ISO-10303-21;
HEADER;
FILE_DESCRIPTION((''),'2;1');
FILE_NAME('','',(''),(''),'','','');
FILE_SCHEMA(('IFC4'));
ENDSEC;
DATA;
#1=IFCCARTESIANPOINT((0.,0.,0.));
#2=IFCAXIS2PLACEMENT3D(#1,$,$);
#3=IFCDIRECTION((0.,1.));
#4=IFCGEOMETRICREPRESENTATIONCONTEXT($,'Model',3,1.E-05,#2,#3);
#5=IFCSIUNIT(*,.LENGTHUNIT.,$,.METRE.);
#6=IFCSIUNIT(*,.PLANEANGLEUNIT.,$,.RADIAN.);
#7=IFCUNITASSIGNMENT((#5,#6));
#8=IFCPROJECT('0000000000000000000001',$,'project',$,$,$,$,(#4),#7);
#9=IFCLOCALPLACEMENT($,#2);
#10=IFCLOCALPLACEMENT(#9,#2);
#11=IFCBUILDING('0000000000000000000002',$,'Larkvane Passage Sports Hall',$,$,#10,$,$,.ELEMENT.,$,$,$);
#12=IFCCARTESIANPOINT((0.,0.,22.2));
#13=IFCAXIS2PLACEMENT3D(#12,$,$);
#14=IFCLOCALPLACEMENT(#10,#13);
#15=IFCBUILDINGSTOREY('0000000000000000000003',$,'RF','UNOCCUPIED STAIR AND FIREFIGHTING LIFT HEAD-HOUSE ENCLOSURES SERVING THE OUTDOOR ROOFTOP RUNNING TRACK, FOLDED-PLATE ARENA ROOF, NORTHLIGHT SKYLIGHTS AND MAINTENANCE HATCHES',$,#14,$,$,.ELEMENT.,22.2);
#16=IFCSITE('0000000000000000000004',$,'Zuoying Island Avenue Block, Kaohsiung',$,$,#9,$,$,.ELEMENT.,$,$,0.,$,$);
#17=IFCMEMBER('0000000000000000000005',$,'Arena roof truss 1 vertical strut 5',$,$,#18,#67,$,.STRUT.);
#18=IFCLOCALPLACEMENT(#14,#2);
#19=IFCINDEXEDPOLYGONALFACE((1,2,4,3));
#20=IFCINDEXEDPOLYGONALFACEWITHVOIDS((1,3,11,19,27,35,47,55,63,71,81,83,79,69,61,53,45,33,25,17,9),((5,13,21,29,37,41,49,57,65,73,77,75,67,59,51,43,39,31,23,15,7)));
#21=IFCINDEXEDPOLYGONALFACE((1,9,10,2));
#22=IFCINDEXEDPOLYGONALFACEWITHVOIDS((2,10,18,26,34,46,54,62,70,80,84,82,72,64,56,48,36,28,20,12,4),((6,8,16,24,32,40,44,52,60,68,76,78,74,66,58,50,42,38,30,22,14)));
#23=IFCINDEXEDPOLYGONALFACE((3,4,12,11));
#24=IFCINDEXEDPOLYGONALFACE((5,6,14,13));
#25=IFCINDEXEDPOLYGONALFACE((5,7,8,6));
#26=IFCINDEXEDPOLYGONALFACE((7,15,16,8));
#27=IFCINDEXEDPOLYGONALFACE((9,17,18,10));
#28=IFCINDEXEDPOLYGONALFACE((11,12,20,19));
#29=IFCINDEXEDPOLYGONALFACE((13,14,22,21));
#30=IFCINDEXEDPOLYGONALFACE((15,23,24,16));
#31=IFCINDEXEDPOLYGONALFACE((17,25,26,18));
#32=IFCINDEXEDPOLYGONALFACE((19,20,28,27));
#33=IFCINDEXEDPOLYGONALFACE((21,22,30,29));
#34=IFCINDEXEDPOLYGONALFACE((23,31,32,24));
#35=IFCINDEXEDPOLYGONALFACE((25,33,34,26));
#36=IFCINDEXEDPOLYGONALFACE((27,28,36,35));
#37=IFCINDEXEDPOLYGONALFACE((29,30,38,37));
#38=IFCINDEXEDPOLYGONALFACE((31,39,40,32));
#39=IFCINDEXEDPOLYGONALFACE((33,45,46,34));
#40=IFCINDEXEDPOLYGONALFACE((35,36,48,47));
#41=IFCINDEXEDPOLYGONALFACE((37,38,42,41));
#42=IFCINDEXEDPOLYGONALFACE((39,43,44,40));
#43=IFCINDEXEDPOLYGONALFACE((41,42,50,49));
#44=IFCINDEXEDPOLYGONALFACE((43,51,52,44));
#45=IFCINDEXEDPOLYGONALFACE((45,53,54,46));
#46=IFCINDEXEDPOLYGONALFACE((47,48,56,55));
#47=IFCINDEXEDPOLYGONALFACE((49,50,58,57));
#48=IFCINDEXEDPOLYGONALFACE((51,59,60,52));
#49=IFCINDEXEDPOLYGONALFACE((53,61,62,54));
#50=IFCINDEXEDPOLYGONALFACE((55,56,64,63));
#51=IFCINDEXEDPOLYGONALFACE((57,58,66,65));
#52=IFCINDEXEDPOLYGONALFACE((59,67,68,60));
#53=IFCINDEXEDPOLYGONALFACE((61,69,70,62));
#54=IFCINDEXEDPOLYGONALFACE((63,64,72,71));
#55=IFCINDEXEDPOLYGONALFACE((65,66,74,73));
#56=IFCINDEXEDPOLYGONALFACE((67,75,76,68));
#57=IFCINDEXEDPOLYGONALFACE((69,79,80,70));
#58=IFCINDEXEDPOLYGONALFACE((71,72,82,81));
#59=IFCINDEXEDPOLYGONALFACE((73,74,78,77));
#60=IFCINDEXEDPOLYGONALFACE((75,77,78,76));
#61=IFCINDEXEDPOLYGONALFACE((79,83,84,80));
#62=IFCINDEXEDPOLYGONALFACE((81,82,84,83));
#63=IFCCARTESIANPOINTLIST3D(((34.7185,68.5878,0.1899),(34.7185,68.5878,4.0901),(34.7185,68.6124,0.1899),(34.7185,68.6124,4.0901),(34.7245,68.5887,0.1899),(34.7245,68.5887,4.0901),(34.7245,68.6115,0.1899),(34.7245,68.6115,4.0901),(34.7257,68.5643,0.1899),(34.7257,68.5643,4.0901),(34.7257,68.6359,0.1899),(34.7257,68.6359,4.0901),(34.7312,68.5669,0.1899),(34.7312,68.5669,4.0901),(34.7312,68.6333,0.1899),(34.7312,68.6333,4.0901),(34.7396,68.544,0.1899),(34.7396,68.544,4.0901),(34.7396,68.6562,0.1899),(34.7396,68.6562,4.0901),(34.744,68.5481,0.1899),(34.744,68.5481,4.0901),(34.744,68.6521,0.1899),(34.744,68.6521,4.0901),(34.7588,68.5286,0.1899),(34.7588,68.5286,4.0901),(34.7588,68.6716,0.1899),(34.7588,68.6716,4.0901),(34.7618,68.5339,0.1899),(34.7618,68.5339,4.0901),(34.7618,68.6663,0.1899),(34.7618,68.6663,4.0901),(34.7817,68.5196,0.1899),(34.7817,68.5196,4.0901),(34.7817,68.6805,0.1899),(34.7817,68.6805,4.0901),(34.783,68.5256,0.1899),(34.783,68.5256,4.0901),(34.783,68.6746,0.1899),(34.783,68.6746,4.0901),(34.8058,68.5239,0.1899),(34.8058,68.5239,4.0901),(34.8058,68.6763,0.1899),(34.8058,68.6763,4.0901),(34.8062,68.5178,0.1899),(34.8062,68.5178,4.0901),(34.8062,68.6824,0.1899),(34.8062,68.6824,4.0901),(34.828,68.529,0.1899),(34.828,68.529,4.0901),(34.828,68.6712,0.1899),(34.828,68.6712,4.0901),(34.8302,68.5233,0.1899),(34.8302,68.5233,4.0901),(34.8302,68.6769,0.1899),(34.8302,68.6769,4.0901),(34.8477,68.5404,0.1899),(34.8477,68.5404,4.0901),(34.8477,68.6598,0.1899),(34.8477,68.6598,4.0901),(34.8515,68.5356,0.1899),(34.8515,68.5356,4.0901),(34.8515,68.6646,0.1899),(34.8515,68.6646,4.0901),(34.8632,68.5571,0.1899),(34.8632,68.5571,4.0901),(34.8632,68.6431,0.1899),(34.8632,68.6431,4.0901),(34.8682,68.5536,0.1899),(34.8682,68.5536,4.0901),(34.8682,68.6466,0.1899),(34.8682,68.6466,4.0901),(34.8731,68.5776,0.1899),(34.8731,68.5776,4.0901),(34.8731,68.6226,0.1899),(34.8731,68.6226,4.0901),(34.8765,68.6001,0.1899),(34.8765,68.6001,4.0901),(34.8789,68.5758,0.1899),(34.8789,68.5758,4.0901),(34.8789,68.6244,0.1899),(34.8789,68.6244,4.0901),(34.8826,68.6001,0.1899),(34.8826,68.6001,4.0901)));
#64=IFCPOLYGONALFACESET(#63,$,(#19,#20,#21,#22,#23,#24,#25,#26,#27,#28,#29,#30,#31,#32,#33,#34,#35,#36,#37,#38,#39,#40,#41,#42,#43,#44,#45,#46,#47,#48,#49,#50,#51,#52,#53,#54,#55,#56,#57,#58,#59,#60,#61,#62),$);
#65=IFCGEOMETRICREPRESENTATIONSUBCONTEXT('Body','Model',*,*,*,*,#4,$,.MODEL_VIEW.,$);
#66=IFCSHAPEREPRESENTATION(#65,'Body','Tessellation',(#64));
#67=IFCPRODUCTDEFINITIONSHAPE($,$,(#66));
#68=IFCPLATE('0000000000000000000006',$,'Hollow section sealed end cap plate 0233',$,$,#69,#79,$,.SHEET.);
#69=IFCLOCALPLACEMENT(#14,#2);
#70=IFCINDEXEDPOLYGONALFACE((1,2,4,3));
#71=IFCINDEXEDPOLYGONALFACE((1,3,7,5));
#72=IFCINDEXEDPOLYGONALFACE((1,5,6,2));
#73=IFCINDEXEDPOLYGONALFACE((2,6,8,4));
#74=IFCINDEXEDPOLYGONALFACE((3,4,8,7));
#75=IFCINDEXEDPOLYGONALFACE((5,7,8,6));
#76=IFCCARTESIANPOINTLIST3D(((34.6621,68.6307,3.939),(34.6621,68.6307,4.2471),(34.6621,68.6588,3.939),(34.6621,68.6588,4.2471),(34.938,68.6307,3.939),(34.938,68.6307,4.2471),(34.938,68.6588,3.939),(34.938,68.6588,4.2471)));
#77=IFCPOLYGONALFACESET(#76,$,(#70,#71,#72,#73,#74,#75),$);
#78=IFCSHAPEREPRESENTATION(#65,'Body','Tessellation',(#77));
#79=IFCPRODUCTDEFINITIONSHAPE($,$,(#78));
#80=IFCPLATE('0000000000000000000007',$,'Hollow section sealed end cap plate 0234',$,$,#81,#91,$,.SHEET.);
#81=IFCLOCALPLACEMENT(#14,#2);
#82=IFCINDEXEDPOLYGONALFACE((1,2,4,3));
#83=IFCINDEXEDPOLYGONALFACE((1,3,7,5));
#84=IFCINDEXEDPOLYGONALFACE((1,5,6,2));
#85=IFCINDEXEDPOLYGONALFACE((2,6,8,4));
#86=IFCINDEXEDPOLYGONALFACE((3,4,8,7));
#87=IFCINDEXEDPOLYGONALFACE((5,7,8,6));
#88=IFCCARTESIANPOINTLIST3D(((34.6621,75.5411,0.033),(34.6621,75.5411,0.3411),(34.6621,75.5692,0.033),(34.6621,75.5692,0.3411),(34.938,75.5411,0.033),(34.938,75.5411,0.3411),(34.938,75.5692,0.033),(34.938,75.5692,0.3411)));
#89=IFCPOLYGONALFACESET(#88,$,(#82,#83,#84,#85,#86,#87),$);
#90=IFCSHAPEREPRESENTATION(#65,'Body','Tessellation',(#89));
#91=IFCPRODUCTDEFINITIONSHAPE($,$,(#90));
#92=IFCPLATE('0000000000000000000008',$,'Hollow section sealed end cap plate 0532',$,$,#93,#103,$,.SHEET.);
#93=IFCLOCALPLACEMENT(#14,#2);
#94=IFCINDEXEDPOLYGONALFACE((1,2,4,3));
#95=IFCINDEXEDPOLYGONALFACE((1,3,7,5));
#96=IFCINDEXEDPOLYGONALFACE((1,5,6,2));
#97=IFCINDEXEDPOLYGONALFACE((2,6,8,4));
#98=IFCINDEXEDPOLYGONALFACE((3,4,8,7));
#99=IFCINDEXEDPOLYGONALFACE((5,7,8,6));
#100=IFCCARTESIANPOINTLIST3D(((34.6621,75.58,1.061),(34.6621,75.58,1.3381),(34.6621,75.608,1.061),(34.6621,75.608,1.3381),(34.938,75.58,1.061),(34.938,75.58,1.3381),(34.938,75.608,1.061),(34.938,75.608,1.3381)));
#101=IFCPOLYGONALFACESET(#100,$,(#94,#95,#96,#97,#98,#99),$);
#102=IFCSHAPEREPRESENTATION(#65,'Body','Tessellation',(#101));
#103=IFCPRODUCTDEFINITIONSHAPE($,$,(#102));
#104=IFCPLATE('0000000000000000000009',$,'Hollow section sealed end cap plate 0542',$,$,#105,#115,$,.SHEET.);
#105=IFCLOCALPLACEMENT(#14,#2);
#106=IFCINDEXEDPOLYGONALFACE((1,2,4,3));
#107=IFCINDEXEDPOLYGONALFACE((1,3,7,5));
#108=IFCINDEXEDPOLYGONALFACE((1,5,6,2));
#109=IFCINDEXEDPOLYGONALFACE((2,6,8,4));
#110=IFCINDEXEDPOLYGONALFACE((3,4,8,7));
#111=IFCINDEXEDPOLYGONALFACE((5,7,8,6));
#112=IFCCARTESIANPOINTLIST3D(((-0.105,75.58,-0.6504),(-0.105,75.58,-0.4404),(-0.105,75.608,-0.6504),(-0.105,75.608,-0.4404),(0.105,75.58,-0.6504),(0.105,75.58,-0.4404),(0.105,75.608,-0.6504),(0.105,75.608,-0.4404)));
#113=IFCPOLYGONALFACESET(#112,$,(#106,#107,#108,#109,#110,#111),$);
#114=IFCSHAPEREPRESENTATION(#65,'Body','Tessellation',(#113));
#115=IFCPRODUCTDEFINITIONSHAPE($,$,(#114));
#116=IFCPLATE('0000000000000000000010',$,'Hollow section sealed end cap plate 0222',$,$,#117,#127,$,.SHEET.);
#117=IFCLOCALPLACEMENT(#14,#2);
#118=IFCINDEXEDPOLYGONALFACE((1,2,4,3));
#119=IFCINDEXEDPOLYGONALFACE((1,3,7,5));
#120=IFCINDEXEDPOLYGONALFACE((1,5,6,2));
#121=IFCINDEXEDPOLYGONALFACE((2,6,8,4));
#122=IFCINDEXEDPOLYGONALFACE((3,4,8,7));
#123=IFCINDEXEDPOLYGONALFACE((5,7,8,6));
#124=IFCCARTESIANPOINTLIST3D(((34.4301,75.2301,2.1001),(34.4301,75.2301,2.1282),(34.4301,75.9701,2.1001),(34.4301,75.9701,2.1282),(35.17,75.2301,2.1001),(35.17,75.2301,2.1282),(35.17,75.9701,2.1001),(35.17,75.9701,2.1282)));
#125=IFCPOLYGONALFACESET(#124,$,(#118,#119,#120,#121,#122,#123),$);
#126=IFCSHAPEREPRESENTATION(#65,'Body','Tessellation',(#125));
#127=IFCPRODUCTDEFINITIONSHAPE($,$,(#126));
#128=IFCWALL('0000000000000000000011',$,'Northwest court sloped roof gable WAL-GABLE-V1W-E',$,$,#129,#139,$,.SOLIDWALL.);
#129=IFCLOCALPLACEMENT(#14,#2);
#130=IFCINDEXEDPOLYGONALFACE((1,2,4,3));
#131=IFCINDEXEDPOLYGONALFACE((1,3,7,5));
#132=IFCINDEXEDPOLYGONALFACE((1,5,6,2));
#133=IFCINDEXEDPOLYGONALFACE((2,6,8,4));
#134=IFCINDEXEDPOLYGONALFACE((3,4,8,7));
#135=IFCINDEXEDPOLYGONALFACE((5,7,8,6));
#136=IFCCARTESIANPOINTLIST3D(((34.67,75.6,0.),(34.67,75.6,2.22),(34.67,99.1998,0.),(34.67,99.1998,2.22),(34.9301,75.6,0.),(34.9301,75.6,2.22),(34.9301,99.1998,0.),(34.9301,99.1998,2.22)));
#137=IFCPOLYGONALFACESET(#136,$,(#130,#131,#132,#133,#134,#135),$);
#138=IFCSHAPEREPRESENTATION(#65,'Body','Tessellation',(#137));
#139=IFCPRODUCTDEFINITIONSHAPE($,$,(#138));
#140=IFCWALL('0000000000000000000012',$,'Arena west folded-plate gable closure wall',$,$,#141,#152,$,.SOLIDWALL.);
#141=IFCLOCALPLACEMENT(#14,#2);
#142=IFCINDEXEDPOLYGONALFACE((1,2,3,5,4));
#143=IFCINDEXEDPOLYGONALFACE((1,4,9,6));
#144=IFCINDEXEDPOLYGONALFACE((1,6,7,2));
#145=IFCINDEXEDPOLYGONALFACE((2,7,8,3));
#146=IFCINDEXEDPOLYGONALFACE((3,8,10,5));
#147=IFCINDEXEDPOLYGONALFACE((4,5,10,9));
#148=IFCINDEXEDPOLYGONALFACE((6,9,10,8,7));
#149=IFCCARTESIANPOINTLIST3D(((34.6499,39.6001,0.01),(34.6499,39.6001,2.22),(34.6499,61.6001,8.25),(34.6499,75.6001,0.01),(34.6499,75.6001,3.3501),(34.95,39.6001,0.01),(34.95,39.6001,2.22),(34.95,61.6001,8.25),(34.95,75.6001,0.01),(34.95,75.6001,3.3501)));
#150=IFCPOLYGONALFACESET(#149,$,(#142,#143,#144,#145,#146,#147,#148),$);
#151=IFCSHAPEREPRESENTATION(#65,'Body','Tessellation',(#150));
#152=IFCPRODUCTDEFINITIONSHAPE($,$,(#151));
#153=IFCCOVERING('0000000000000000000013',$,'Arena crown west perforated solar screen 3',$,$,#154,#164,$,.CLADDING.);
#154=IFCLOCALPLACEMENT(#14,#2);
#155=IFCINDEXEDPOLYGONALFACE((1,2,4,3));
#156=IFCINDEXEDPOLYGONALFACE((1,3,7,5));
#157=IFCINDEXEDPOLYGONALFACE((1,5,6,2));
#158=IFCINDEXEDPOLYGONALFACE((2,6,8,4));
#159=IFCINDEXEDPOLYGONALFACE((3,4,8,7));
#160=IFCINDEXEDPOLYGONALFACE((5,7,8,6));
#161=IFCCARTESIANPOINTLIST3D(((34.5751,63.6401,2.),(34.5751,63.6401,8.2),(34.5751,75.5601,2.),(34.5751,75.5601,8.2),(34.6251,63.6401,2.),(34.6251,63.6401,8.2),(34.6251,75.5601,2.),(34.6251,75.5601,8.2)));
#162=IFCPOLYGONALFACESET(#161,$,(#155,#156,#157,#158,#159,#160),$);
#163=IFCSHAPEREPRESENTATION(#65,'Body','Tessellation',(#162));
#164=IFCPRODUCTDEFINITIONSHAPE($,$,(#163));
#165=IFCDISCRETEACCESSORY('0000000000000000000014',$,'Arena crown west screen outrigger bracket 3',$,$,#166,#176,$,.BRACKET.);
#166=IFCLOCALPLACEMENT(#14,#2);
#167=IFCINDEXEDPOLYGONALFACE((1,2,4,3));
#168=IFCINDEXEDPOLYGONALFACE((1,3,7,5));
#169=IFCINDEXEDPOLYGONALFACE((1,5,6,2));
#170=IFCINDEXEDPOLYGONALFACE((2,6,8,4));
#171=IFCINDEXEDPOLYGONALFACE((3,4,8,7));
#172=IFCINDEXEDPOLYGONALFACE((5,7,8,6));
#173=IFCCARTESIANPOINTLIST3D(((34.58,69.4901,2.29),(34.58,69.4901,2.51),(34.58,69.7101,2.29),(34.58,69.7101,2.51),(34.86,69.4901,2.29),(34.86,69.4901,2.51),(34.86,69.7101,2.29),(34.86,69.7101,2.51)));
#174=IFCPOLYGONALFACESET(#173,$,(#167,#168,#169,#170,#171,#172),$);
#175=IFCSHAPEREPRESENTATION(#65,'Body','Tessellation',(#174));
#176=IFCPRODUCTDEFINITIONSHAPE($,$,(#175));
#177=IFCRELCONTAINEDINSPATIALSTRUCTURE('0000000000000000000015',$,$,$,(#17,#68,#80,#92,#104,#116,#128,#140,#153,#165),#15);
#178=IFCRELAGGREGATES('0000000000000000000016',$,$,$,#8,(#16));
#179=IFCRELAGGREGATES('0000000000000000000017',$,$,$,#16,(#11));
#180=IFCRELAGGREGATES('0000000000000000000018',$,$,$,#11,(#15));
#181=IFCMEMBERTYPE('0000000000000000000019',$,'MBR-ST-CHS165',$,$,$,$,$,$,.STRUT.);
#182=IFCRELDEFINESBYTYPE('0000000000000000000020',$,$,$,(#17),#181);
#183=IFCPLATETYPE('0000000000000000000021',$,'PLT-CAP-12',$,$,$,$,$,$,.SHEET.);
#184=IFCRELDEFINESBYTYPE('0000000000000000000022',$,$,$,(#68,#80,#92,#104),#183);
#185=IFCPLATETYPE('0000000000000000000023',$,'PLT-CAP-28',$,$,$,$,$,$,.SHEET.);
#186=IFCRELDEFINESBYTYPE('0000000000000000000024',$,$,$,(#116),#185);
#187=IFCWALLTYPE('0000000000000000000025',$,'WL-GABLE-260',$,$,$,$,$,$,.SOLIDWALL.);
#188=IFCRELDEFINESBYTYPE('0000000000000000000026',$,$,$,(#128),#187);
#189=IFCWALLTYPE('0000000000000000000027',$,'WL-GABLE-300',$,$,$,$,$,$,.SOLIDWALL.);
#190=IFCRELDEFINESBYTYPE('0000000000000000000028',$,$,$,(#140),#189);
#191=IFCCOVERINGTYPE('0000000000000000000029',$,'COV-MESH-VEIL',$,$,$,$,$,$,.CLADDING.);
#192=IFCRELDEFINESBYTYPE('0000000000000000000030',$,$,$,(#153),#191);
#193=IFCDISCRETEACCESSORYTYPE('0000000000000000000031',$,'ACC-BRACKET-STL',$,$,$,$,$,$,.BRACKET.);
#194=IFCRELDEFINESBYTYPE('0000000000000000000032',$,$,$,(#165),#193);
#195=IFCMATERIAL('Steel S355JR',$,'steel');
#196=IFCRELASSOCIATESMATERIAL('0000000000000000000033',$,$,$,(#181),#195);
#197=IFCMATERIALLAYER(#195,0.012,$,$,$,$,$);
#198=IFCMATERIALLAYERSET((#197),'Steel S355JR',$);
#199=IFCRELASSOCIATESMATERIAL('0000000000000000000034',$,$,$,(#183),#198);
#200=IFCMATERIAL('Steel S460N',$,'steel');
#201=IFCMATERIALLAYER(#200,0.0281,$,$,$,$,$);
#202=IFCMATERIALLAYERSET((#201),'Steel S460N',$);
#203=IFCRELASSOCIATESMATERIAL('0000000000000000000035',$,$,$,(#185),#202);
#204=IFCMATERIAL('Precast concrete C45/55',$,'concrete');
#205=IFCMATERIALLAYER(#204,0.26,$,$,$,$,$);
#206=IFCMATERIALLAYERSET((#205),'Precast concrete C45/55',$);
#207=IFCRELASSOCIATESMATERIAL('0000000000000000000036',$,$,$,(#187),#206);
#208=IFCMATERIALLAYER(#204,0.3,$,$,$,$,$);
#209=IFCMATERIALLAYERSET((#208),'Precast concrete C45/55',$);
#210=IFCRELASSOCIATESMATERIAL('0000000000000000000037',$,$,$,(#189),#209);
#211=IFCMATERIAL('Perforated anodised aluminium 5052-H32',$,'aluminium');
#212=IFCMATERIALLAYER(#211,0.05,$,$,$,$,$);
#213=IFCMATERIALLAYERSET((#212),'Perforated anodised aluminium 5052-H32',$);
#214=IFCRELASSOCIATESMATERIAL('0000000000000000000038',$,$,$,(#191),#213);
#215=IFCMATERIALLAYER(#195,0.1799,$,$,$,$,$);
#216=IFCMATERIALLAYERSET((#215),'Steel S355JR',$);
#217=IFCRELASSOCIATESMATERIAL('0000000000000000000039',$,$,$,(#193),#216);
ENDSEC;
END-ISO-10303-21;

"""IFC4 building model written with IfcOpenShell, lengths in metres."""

from ifc_helpers import new_model, si_unit, direction, frame, frame_2d, origin, origin_2d, place, context, subcontext, project, spatial, polyline, rectangle, hollow_circle, outline, extrude, material, layer, layer_set, material_profile, profile_set, type_object, element, save


model = new_model("IFC4")

# Units and contexts
model_context = context("Model", 3, precision=1e-05, world=origin(), true_north=direction((0.0, 1.0)))
body_context = subcontext(model_context, "Body", "Model", "MODEL_VIEW")
ifc_project = project(units=[si_unit("LENGTHUNIT", "METRE"), si_unit("PLANEANGLEUNIT", "RADIAN")], contexts=[model_context])

# Site, building, storey
site_placement = place(None, origin())
site = spatial("IfcSite", under=ifc_project, at=site_placement, Name="Zuoying Island Avenue Block, Kaohsiung", CompositionType="ELEMENT", RefElevation=0.0)
building_placement = place(site_placement, origin())
building = spatial("IfcBuilding", under=site, at=building_placement, Name="Larkvane Passage Sports Hall", CompositionType="ELEMENT")
storey_placement = place(building_placement, frame((0.0, 0.0, 22.2)))
storey = spatial("IfcBuildingStorey", under=building, at=storey_placement, Name="RF", Description="UNOCCUPIED STAIR AND FIREFIGHTING LIFT HEAD-HOUSE ENCLOSURES SERVING THE OUTDOOR ROOFTOP RUNNING TRACK, FOLDED-PLATE ARENA ROOF, NORTHLIGHT SKYLIGHTS AND MAINTENANCE HATCHES", CompositionType="ELEMENT", Elevation=22.2)

# Shared definitions
ifc_material_1 = material(Name="Steel S460N", Category="steel")

# Shared definitions
ifc_material_2 = material(Name="Steel S355JR", Category="steel")

# Member
ifc_material_profile_1 = material_profile(ifc_material_2, hollow_circle(Radius=0.0825, WallThickness=0.0061, at=origin_2d()), Name="CHS-165.2x6.0")
ifc_profile_set_1 = profile_set([ifc_material_profile_1], Name="Steel S355JR")
member_type_1 = type_object("IfcMemberType", Name="MBR-ST-CHS165", PredefinedType="STRUT", material=ifc_profile_set_1)
member_1_placement = place(storey_placement, frame((34.8, 68.6001, 0.1899), z_axis=(0.0, 0.0, 1.0), x_axis=(1.0, 0.0, 0.0)))
element("IfcMember", 1, at=member_1_placement, inside=storey, type_object=member_type_1, Name="Arena roof truss 1 vertical strut 5", PredefinedType="STRUT", context=body_context, shape_type="SweptSolid", body=[
    extrude(hollow_circle(Radius=0.0825, WallThickness=0.0061, at=origin_2d()), origin(), (0.0, 0.0, 1.0), 3.9001),
])

# Plates
ifc_layer_1 = layer(ifc_material_2, 0.012)
ifc_layer_set_1 = layer_set([ifc_layer_1], Name="Steel S355JR")
plate_type_1 = type_object("IfcPlateType", Name="PLT-CAP-12", PredefinedType="SHEET", material=ifc_layer_set_1)
for number, where, z_axis, x_axis, name in (
    (2, (34.8, 68.6448, 3.939), (0.0, 0.0, 1.0), (-1.0, 0.0, 0.0), "Hollow section sealed end cap plate 0233"),
    (3, (34.8, 75.5552, 0.033), (0.0, 0.0, 1.0), (-1.0, 0.0, 0.0), "Hollow section sealed end cap plate 0234"),
):
    element("IfcPlate", number, at=place(storey_placement, frame(where, z_axis=z_axis, x_axis=x_axis)), inside=storey, type_object=plate_type_1, Name=name, PredefinedType="SHEET", context=body_context, shape_type="SweptSolid", body=[
        extrude(rectangle(XDim=0.2759, YDim=0.0281, at=origin_2d()), origin(), (0.0, 0.0, 1.0), 0.3081),
    ])
plate_1_placement = place(storey_placement, frame((34.8, 75.594, 1.061), z_axis=(0.0, 0.0, 1.0), x_axis=(-1.0, 0.0, 0.0)))
element("IfcPlate", 4, at=plate_1_placement, inside=storey, type_object=plate_type_1, Name="Hollow section sealed end cap plate 0532", PredefinedType="SHEET", context=body_context, shape_type="SweptSolid", body=[
    extrude(rectangle(XDim=0.2759, YDim=0.0281, at=origin_2d()), origin(), (0.0, 0.0, 1.0), 0.2771),
])
plate_2_placement = place(storey_placement, frame((0.0, 75.594, -0.6504), z_axis=(0.0, 0.0, 1.0), x_axis=(-1.0, 0.0, 0.0)))
element("IfcPlate", 5, at=plate_2_placement, inside=storey, type_object=plate_type_1, Name="Hollow section sealed end cap plate 0542", PredefinedType="SHEET", context=body_context, shape_type="SweptSolid", body=[
    extrude(rectangle(XDim=0.21, YDim=0.0281, at=origin_2d()), origin(), (0.0, 0.0, 1.0), 0.21),
])
ifc_layer_2 = layer(ifc_material_1, 0.0281)
ifc_layer_set_2 = layer_set([ifc_layer_2], Name="Steel S460N")
plate_type_2 = type_object("IfcPlateType", Name="PLT-CAP-28", PredefinedType="SHEET", material=ifc_layer_set_2)
plate_3_placement = place(storey_placement, frame((34.8, 75.6001, 2.1001), z_axis=(0.0, 0.0, 1.0), x_axis=(1.0, 0.0, 0.0)))
element("IfcPlate", 6, at=plate_3_placement, inside=storey, type_object=plate_type_2, Name="Hollow section sealed end cap plate 0222", PredefinedType="SHEET", context=body_context, shape_type="SweptSolid", body=[
    extrude(rectangle(XDim=0.74, YDim=0.74, at=origin_2d()), origin(), (0.0, 0.0, 1.0), 0.0281),
])

# Walls
ifc_material_3 = material(Name="Precast concrete C45/55", Category="concrete")
ifc_layer_3 = layer(ifc_material_3, 0.26)
ifc_layer_set_3 = layer_set([ifc_layer_3], Name="Precast concrete C45/55")
wall_type_1 = type_object("IfcWallType", Name="WL-GABLE-260", PredefinedType="SOLIDWALL", material=ifc_layer_set_3)
wall_1_placement = place(storey_placement, frame((34.8, 75.6001, 0.0), z_axis=(0.0, 0.0, 1.0), x_axis=(0.0, 1.0, 0.0)))
element("IfcWall", 7, at=wall_1_placement, inside=storey, type_object=wall_type_1, Name="Northwest court sloped roof gable WAL-GABLE-V1W-E", PredefinedType="SOLIDWALL", context=body_context, shape_type="SweptSolid", body=[
    extrude(rectangle(XDim=23.5999, YDim=0.26, at=frame_2d((11.7998, 0.0))), origin(), (0.0, 0.0, 1.0), 2.22),
])
ifc_layer_4 = layer(ifc_material_3, 0.3)
ifc_layer_set_4 = layer_set([ifc_layer_4], Name="Precast concrete C45/55")
wall_type_2 = type_object("IfcWallType", Name="WL-GABLE-300", PredefinedType="SOLIDWALL", material=ifc_layer_set_4)
wall_2_placement = place(storey_placement, frame((34.8, 75.6001, 0.01), z_axis=(0.0, 0.0, 1.0), x_axis=(0.0, -1.0, 0.0)))
element("IfcWall", 8, at=wall_2_placement, inside=storey, type_object=wall_type_2, Name="Arena west folded-plate gable closure wall", PredefinedType="SOLIDWALL", context=body_context, shape_type="SweptSolid", body=[
    extrude(outline(polyline([(0.0, 0.0), (36.0, 0.0), (36.0, 2.21), (14.0, 8.24), (0.0, 3.3401), (0.0, 0.0)])), frame((0.0, 0.1499, 0.0), z_axis=(0.0, -1.0, 0.0), x_axis=(1.0, 0.0, 0.0)), (0.0, 0.0, 1.0), 0.3),
])

# Covering
ifc_material_4 = material(Name="Perforated anodised aluminium 5052-H32", Category="aluminium")
ifc_layer_5 = layer(ifc_material_4, 0.05)
ifc_layer_set_5 = layer_set([ifc_layer_5], Name="Perforated anodised aluminium 5052-H32")
covering_type = type_object("IfcCoveringType", Name="COV-MESH-VEIL", PredefinedType="CLADDING", material=ifc_layer_set_5)
covering_placement = place(storey_placement, frame((34.6001, 69.6001, 2.0), z_axis=(0.0, 0.0, 1.0), x_axis=(0.0, 1.0, 0.0)))
element("IfcCovering", 9, at=covering_placement, inside=storey, type_object=covering_type, Name="Arena crown west perforated solar screen 3", PredefinedType="CLADDING", context=body_context, shape_type="SweptSolid", body=[
    extrude(rectangle(XDim=11.9199, YDim=0.05, at=origin_2d()), origin(), (0.0, 0.0, 1.0), 6.2),
])

# Discrete accessory
ifc_layer_6 = layer(ifc_material_2, 0.1799)
ifc_layer_set_6 = layer_set([ifc_layer_6], Name="Steel S355JR")
discrete_accessory_type = type_object("IfcDiscreteAccessoryType", Name="ACC-BRACKET-STL", PredefinedType="BRACKET", material=ifc_layer_set_6)
discrete_accessory_placement = place(storey_placement, frame((34.72, 69.6001, 2.29), z_axis=(0.0, 0.0, 1.0), x_axis=(0.0, 1.0, 0.0)))
element("IfcDiscreteAccessory", 10, at=discrete_accessory_placement, inside=storey, type_object=discrete_accessory_type, Name="Arena crown west screen outrigger bracket 3", PredefinedType="BRACKET", context=body_context, shape_type="SweptSolid", body=[
    extrude(rectangle(XDim=0.22, YDim=0.28, at=origin_2d()), origin(), (0.0, 0.0, 1.0), 0.22),
])

save(model, "model.ifc")
